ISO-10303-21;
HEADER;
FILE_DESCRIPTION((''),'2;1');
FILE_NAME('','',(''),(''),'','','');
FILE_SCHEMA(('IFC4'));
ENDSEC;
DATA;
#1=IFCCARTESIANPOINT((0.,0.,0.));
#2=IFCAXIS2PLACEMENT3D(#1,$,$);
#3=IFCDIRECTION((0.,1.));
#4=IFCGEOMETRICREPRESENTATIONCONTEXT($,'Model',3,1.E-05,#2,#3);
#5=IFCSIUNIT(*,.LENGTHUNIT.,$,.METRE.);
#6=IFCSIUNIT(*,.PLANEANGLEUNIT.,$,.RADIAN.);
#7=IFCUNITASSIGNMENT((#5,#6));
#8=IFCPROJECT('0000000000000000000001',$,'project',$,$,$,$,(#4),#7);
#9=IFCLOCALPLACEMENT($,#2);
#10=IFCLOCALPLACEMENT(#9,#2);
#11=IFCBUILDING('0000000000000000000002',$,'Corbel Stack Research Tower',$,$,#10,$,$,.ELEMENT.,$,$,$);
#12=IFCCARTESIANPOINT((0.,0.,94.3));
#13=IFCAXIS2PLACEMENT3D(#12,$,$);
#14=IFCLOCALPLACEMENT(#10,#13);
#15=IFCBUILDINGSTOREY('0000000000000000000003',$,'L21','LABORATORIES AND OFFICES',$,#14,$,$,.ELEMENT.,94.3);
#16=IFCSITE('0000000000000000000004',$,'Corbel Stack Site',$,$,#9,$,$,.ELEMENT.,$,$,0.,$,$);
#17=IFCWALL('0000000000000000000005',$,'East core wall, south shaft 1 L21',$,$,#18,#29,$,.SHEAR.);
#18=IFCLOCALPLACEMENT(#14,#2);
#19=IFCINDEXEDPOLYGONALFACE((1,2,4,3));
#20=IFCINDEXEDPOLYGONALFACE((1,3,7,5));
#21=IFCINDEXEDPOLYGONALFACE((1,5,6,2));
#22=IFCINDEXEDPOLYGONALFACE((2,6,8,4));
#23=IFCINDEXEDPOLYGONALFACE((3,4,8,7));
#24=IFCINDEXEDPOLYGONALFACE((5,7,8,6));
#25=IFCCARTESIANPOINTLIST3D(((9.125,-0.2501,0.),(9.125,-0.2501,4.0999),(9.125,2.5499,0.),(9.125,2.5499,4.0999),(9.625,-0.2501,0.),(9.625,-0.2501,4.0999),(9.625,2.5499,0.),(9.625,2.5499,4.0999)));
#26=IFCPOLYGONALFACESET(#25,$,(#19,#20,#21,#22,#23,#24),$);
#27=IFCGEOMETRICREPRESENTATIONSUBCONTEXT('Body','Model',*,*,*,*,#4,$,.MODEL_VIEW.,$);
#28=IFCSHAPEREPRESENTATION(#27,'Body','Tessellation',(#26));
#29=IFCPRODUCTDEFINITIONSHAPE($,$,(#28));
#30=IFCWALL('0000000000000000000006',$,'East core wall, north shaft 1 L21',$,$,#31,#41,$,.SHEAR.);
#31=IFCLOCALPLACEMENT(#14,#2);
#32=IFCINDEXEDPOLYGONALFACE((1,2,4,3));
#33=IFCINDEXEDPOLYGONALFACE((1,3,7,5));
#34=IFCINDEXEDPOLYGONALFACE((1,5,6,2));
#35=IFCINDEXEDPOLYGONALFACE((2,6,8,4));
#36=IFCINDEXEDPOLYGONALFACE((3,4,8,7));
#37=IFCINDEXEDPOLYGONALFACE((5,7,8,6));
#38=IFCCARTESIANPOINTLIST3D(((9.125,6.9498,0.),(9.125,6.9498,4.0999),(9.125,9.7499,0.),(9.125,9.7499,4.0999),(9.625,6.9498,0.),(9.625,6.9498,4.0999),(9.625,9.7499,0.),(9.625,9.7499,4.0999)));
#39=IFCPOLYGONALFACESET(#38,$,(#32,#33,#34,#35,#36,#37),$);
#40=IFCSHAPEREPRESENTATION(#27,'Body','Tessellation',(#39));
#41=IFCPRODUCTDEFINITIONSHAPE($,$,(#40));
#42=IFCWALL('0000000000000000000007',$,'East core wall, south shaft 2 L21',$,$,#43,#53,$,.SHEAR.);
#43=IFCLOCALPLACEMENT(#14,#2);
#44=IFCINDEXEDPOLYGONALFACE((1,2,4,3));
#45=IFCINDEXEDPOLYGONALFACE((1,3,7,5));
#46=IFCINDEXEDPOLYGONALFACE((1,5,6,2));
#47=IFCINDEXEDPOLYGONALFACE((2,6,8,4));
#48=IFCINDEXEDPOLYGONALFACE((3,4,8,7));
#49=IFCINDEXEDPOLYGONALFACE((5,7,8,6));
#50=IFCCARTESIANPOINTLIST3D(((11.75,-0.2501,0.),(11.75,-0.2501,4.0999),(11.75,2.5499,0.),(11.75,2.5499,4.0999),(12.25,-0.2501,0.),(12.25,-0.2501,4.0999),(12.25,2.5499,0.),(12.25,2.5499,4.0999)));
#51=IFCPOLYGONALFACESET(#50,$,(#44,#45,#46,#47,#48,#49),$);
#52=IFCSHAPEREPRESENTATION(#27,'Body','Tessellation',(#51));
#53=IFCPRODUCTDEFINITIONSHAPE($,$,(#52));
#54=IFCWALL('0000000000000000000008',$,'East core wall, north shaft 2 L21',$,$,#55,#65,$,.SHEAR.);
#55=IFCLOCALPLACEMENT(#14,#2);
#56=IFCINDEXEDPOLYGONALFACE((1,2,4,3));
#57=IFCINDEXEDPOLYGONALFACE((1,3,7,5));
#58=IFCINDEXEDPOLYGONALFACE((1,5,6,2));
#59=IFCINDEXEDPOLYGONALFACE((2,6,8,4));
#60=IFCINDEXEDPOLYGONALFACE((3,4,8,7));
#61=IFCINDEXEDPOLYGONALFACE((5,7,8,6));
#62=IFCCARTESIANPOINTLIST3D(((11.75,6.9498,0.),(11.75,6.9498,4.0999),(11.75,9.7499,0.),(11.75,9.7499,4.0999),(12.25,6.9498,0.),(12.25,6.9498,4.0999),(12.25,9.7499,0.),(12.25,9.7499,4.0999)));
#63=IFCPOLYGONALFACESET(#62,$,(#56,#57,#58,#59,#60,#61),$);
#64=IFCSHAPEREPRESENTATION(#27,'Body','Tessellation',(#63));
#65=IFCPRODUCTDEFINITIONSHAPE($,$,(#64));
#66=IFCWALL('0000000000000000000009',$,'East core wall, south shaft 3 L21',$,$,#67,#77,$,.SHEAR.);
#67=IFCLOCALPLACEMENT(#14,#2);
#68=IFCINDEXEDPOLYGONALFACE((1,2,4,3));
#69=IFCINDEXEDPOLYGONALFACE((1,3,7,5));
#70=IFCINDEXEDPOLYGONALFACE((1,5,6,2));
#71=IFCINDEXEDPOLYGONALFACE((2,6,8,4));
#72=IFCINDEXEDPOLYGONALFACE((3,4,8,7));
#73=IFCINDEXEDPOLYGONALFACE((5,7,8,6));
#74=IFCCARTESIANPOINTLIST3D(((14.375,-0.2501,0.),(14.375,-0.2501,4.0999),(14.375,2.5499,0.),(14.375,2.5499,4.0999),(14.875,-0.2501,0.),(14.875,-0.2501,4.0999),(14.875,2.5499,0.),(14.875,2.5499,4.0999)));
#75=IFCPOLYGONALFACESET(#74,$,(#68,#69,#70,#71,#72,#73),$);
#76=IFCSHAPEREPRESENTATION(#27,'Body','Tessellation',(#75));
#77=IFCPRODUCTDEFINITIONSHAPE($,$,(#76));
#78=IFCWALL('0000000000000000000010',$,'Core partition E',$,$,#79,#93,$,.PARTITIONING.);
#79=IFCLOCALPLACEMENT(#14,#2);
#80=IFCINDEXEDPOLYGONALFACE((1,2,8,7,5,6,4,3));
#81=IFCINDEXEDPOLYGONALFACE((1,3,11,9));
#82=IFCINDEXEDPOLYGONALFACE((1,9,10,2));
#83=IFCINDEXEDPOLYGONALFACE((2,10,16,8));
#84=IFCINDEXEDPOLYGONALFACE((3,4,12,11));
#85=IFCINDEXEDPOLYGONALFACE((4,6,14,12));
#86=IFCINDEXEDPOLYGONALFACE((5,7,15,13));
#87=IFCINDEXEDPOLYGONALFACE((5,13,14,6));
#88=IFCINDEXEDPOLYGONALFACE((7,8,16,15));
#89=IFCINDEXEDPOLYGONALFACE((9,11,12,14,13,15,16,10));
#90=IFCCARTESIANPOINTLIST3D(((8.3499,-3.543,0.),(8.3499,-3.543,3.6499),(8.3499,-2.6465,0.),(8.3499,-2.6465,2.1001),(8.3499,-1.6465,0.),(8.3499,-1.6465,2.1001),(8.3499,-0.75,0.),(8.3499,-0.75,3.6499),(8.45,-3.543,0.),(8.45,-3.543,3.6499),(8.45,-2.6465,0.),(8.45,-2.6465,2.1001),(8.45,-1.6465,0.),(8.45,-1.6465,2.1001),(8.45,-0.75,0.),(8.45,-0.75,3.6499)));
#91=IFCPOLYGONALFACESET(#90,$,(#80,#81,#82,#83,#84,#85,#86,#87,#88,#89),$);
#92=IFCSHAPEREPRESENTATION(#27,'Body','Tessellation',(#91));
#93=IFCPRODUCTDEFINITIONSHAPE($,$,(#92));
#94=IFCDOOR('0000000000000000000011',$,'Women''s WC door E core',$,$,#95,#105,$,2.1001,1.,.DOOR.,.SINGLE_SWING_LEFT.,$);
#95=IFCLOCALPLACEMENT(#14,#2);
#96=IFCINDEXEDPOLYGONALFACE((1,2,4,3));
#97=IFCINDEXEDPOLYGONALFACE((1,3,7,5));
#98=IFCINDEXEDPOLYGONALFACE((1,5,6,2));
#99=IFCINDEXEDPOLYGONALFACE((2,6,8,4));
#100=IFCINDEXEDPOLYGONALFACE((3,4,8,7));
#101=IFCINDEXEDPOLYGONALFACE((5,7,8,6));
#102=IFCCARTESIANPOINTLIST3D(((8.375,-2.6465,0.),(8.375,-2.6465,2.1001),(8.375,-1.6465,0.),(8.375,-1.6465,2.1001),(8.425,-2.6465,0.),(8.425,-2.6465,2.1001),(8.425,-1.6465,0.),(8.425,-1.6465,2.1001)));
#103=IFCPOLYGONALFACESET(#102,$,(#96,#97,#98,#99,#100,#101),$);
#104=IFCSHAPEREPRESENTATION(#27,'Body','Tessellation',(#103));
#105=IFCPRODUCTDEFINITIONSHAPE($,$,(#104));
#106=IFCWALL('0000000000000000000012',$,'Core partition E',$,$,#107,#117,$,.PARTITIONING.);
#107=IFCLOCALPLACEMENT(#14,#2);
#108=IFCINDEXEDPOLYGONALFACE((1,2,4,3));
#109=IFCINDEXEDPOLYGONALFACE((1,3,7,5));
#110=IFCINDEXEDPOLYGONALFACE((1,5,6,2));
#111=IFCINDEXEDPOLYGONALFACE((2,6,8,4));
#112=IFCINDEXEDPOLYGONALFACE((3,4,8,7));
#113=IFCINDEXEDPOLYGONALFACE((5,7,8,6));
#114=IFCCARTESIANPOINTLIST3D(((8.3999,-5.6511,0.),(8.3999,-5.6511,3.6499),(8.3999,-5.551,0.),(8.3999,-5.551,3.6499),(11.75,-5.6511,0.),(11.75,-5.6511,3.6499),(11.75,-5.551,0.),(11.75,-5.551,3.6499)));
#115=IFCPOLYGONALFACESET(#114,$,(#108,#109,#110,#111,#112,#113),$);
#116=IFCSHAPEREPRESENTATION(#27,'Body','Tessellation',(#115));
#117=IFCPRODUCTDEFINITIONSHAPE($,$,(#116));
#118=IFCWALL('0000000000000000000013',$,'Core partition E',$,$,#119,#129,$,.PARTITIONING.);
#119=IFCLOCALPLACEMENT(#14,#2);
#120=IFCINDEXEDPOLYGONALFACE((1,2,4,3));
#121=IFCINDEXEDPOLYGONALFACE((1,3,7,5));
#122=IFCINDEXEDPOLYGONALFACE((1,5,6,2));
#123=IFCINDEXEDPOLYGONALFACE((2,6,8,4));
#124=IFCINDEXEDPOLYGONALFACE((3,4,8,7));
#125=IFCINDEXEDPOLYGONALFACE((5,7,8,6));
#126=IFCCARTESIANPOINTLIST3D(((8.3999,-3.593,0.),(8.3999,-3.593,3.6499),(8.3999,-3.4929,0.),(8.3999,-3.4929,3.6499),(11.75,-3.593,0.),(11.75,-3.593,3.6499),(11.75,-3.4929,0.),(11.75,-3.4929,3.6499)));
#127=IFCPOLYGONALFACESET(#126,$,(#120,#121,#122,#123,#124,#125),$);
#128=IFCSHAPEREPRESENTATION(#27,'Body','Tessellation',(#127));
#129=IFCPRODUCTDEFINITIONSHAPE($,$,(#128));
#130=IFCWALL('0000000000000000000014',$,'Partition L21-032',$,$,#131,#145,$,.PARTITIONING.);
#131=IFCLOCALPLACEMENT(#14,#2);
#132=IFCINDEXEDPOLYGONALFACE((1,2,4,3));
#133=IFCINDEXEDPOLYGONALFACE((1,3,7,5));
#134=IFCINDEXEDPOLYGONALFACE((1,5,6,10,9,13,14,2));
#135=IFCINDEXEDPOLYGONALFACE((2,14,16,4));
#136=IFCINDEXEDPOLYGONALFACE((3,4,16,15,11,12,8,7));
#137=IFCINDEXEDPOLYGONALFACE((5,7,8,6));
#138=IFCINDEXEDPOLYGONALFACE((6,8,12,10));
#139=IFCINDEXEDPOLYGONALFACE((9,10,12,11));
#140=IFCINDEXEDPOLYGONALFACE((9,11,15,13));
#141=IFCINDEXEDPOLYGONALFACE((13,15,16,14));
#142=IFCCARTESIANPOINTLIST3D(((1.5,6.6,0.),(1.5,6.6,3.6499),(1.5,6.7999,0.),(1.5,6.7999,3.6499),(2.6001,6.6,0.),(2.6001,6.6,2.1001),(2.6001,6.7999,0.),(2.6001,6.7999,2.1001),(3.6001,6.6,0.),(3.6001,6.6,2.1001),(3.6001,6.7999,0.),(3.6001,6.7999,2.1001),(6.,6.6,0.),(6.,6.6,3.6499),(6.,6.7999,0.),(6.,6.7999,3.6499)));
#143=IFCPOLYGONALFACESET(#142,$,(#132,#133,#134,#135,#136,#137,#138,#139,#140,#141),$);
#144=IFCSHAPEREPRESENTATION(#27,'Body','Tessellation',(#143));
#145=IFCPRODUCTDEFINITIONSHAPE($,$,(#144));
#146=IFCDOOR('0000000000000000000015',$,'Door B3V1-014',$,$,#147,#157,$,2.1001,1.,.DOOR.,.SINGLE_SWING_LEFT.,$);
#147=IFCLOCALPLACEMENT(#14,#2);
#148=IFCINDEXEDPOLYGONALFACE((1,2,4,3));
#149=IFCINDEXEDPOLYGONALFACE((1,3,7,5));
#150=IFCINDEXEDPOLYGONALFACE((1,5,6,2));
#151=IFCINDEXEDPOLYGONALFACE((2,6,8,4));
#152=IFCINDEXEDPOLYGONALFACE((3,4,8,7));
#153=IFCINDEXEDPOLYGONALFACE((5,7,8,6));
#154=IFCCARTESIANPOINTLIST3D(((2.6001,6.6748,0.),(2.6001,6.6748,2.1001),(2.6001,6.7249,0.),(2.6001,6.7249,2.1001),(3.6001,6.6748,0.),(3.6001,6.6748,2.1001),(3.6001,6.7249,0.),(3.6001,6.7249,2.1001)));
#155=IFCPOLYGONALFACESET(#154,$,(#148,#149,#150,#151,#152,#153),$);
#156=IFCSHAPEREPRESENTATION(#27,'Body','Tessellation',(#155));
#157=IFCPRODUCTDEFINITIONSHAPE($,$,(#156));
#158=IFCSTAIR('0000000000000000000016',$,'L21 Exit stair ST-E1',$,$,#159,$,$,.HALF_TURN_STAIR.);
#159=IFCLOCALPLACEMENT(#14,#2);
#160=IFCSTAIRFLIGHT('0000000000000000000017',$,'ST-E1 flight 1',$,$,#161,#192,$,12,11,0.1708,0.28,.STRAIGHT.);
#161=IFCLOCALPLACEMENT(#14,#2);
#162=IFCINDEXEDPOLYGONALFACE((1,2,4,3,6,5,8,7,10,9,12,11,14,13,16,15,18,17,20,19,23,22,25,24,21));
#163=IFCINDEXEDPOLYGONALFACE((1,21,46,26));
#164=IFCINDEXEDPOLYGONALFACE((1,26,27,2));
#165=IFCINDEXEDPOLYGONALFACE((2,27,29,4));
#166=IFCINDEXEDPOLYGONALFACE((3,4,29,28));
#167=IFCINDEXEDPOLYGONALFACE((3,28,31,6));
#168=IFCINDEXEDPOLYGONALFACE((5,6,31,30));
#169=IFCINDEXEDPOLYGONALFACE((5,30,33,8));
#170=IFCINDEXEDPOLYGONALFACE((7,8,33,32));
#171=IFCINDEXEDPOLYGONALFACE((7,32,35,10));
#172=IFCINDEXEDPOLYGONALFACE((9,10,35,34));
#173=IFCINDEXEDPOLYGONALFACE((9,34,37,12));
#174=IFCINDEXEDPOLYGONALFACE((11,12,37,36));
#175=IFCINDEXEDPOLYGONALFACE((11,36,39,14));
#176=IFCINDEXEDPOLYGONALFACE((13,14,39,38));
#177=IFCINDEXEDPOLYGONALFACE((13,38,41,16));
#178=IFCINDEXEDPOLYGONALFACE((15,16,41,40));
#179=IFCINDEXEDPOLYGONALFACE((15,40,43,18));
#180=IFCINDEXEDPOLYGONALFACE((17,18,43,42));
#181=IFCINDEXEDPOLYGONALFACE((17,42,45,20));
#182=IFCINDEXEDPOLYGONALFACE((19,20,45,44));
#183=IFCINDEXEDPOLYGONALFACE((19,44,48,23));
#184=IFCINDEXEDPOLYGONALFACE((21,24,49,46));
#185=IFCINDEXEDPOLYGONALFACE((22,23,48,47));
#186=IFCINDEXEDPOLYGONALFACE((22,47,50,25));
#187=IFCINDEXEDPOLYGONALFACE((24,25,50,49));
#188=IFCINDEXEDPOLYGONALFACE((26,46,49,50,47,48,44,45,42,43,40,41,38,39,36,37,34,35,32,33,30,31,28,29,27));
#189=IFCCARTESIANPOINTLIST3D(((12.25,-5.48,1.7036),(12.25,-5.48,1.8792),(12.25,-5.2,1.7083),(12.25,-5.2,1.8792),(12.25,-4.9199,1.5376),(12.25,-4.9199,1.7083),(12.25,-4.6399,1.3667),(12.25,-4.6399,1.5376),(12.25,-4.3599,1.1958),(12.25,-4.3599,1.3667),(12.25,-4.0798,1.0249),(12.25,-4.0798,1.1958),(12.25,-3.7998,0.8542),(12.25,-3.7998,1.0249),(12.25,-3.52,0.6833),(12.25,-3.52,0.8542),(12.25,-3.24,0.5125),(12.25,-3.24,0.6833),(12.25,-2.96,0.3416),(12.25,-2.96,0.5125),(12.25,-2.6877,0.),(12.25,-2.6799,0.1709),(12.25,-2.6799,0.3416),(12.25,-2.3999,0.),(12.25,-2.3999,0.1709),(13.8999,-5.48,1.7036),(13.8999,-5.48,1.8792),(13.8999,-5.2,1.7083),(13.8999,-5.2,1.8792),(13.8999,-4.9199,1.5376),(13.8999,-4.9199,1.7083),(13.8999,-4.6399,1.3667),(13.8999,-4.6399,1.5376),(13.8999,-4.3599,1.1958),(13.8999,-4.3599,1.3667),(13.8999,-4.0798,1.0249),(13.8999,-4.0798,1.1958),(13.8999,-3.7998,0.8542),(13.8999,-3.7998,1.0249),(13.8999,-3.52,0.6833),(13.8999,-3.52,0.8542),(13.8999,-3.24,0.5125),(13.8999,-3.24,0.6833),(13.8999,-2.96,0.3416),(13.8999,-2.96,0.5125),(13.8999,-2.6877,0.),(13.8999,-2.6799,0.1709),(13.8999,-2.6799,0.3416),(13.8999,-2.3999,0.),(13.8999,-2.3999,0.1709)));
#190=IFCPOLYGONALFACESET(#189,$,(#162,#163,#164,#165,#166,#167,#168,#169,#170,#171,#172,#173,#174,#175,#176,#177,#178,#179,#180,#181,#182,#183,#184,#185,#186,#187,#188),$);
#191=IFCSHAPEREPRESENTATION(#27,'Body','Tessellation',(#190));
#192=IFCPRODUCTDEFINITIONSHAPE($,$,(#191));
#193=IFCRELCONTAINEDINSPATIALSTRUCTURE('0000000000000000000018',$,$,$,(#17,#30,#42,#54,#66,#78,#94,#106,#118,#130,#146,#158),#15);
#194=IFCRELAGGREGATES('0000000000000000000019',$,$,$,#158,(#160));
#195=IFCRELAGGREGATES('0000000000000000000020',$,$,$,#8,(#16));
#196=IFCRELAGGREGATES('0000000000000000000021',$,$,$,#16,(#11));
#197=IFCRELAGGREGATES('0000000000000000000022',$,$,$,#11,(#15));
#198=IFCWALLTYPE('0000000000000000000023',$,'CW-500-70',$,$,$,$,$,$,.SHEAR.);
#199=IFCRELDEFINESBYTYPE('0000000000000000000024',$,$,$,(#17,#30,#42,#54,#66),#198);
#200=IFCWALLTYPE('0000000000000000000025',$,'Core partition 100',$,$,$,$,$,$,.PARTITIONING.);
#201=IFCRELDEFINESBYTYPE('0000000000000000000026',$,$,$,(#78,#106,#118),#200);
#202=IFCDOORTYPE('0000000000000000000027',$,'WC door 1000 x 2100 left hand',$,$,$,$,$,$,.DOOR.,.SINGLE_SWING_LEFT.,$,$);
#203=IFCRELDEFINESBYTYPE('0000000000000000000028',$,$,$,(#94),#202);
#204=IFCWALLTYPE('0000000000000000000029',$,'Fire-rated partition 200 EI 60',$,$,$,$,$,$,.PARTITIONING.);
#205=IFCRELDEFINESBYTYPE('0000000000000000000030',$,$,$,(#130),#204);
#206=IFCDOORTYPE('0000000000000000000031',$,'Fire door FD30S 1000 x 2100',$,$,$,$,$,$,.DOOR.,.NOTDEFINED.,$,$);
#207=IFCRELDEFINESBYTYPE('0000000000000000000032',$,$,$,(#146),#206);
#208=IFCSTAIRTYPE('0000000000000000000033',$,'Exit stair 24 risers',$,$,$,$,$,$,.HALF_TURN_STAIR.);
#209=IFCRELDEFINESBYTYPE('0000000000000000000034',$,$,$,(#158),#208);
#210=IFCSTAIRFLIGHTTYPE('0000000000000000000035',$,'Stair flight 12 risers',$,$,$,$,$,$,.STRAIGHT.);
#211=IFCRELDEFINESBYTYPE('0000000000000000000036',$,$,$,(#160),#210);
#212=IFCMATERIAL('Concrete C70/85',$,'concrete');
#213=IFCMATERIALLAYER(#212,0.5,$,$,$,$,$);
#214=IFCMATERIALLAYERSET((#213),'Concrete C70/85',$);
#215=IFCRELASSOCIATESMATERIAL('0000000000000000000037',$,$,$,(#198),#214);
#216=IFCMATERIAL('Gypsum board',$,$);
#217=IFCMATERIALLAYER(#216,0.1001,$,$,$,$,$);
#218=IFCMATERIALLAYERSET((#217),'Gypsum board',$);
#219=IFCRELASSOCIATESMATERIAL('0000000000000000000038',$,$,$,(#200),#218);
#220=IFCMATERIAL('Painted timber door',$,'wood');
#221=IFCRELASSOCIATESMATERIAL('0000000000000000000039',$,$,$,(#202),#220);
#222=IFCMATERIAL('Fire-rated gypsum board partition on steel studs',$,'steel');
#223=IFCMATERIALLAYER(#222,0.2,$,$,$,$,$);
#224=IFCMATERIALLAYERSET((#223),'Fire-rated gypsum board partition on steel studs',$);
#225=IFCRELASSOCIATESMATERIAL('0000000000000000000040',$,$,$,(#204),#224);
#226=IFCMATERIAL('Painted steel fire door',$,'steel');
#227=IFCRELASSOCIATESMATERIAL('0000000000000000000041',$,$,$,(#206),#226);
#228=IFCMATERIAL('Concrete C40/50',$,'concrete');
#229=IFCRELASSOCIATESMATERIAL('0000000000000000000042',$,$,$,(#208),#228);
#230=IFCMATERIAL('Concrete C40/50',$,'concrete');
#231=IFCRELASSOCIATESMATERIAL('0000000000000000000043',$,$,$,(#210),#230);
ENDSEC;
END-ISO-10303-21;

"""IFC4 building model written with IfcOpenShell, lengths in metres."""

from ifc_helpers import new_model, si_unit, direction, frame, frame_2d, origin, place, context, subcontext, project, spatial, polyline, rectangle, outline, extrude, material, layer, layer_set, type_object, element, fill, aggregate, save


model = new_model("IFC4")

# Units and contexts
model_context = context("Model", 3, precision=1e-05, world=origin(), true_north=direction((0.0, 1.0)))
body_context = subcontext(model_context, "Body", "Model", "MODEL_VIEW")
ifc_project = project(units=[si_unit("LENGTHUNIT", "METRE"), si_unit("PLANEANGLEUNIT", "RADIAN")], contexts=[model_context])

# Site, building, storey
site_placement = place(None, origin())
site = spatial("IfcSite", under=ifc_project, at=site_placement, Name="Corbel Stack Site", CompositionType="ELEMENT", RefElevation=0.0)
building_placement = place(site_placement, origin())
building = spatial("IfcBuilding", under=site, at=building_placement, Name="Corbel Stack Research Tower", CompositionType="ELEMENT")
storey_placement = place(building_placement, frame((0.0, 0.0, 94.3)))
storey = spatial("IfcBuildingStorey", under=building, at=storey_placement, Name="L21", Description="LABORATORIES AND OFFICES", CompositionType="ELEMENT", Elevation=94.3)

# Shared definitions
ifc_material_1 = material(Name="Concrete C70/85", Category="concrete")
ifc_layer_1 = layer(ifc_material_1, 0.5)
ifc_layer_set_1 = layer_set([ifc_layer_1], Name="Concrete C70/85")
wall_type_1 = type_object("IfcWallType", Name="CW-500-70", PredefinedType="SHEAR", material=ifc_layer_set_1)

# Walls
for number, where, z_axis, x_axis, name in (
    (1, (9.375, -0.25, 0.0), (0.0, 0.0, 1.0), (0.0, 1.0, 0.0), "East core wall, south shaft 1 L21"),
    (2, (9.375, 6.95, 0.0), (0.0, 0.0, 1.0), (0.0, 1.0, 0.0), "East core wall, north shaft 1 L21"),
    (3, (12.0, -0.25, 0.0), (0.0, 0.0, 1.0), (0.0, 1.0, 0.0), "East core wall, south shaft 2 L21"),
    (4, (12.0, 6.95, 0.0), (0.0, 0.0, 1.0), (0.0, 1.0, 0.0), "East core wall, north shaft 2 L21"),
    (5, (14.625, -0.25, 0.0), (0.0, 0.0, 1.0), (0.0, 1.0, 0.0), "East core wall, south shaft 3 L21"),
):
    element("IfcWall", number, at=place(storey_placement, frame(where, z_axis=z_axis, x_axis=x_axis)), inside=storey, type_object=wall_type_1, Name=name, PredefinedType="SHEAR", context=body_context, shape_type="SweptSolid", body=[
        extrude(rectangle(XDim=2.8, YDim=0.5, at=frame_2d((1.3999, 0.0))), origin(), (0.0, 0.0, 1.0), 4.0999),
    ])

# Wall, opening, door
ifc_material_2 = material(Name="Gypsum board")
ifc_layer_2 = layer(ifc_material_2, 0.1001)
ifc_layer_set_2 = layer_set([ifc_layer_2], Name="Gypsum board")
wall_type_2 = type_object("IfcWallType", Name="Core partition 100", PredefinedType="PARTITIONING", material=ifc_layer_set_2)
wall_1_placement = place(storey_placement, frame((8.3999, -3.543, 0.0), z_axis=(0.0, 0.0, 1.0), x_axis=(0.0, 1.0, 0.0)))
wall_1 = element("IfcWall", 6, at=wall_1_placement, inside=storey, type_object=wall_type_2, Name="Core partition E", PredefinedType="PARTITIONING", context=body_context, shape_type="SweptSolid", body=[
    extrude(rectangle(XDim=2.793, YDim=0.1001, at=frame_2d((1.3965, 0.0))), origin(), (0.0, 0.0, 1.0), 3.6499),
])
opening_1_placement = place(wall_1_placement, frame((0.8965, 0.0, 0.0)))
opening_1 = element("IfcOpeningElement", 7, at=opening_1_placement, cuts=wall_1, PredefinedType="OPENING", context=body_context, shape_type="SweptSolid", body=[
    extrude(rectangle(XDim=1.0, YDim=2.1001, at=frame_2d((0.5, 1.05))), frame((0.0, 0.0601, 0.0), z_axis=(0.0, -1.0, 0.0), x_axis=(1.0, 0.0, 0.0)), (0.0, 0.0, 1.0), 0.1201),
])
ifc_material_3 = material(Name="Painted timber door", Category="wood")
door_type_1 = type_object("IfcDoorType", Name="WC door 1000 x 2100 left hand", OperationType="SINGLE_SWING_LEFT", PredefinedType="DOOR", material=ifc_material_3)
door_1_placement = place(opening_1_placement, origin())
door_1 = element("IfcDoor", 8, at=door_1_placement, inside=storey, type_object=door_type_1, Name="Women's WC door E core", OperationType="SINGLE_SWING_LEFT", OverallHeight=2.1001, OverallWidth=1.0, PredefinedType="DOOR", context=body_context, shape_type="SweptSolid", body=[
    extrude(rectangle(XDim=1.0, YDim=2.1001, at=frame_2d((0.5, 1.05))), frame((0.0, 0.0249, 0.0), z_axis=(0.0, -1.0, 0.0), x_axis=(1.0, 0.0, 0.0)), (0.0, 0.0, 1.0), 0.05),
])
fill(opening_1, door_1)

# Walls
for number, where, z_axis, x_axis, name in (
    (9, (8.3999, -5.6011, 0.0), (0.0, 0.0, 1.0), (1.0, 0.0, 0.0), "Core partition E"),
    (10, (8.3999, -3.543, 0.0), (0.0, 0.0, 1.0), (1.0, 0.0, 0.0), "Core partition E"),
):
    element("IfcWall", number, at=place(storey_placement, frame(where, z_axis=z_axis, x_axis=x_axis)), inside=storey, type_object=wall_type_2, Name=name, PredefinedType="PARTITIONING", context=body_context, shape_type="SweptSolid", body=[
        extrude(rectangle(XDim=3.3501, YDim=0.1001, at=frame_2d((1.675, 0.0))), origin(), (0.0, 0.0, 1.0), 3.6499),
    ])

# Wall, opening, door
ifc_material_4 = material(Name="Fire-rated gypsum board partition on steel studs", Category="steel")
ifc_layer_3 = layer(ifc_material_4, 0.2)
ifc_layer_set_3 = layer_set([ifc_layer_3], Name="Fire-rated gypsum board partition on steel studs")
wall_type_3 = type_object("IfcWallType", Name="Fire-rated partition 200 EI 60", PredefinedType="PARTITIONING", material=ifc_layer_set_3)
wall_2_placement = place(storey_placement, frame((1.5, 6.7, 0.0), z_axis=(0.0, 0.0, 1.0), x_axis=(1.0, 0.0, 0.0)))
wall_2 = element("IfcWall", 11, at=wall_2_placement, inside=storey, type_object=wall_type_3, Name="Partition L21-032", PredefinedType="PARTITIONING", context=body_context, shape_type="SweptSolid", body=[
    extrude(rectangle(XDim=4.5, YDim=0.2, at=frame_2d((2.25, 0.0))), origin(), (0.0, 0.0, 1.0), 3.6499),
])
opening_2_placement = place(wall_2_placement, frame((1.1001, 0.0, 0.0)))
opening_2 = element("IfcOpeningElement", 12, at=opening_2_placement, cuts=wall_2, PredefinedType="OPENING", context=body_context, shape_type="SweptSolid", body=[
    extrude(rectangle(XDim=1.0, YDim=2.1001, at=frame_2d((0.5, 1.05))), frame((0.0, 0.1099, 0.0), z_axis=(0.0, -1.0, 0.0), x_axis=(1.0, 0.0, 0.0)), (0.0, 0.0, 1.0), 0.22),
])
ifc_material_5 = material(Name="Painted steel fire door", Category="steel")
door_type_2 = type_object("IfcDoorType", Name="Fire door FD30S 1000 x 2100", OperationType="NOTDEFINED", PredefinedType="DOOR", material=ifc_material_5)
door_2_placement = place(opening_2_placement, origin())
door_2 = element("IfcDoor", 13, at=door_2_placement, inside=storey, type_object=door_type_2, Name="Door B3V1-014", OperationType="SINGLE_SWING_LEFT", OverallHeight=2.1001, OverallWidth=1.0, PredefinedType="DOOR", context=body_context, shape_type="SweptSolid", body=[
    extrude(rectangle(XDim=1.0, YDim=2.1001, at=frame_2d((0.5, 1.05))), frame((0.0, 0.0249, 0.0), z_axis=(0.0, -1.0, 0.0), x_axis=(1.0, 0.0, 0.0)), (0.0, 0.0, 1.0), 0.05),
])
fill(opening_2, door_2)

# Stair, stair flight
ifc_material_6 = material(Name="Concrete C40/50", Category="concrete")
stair_type = type_object("IfcStairType", Name="Exit stair 24 risers", PredefinedType="HALF_TURN_STAIR", material=ifc_material_6)
stair_placement = place(storey_placement, origin())
stair = element("IfcStair", 14, at=stair_placement, inside=storey, type_object=stair_type, Name="L21 Exit stair ST-E1", PredefinedType="HALF_TURN_STAIR")
ifc_material_7 = material(Name="Concrete C40/50", Category="concrete")
stair_flight_type = type_object("IfcStairFlightType", Name="Stair flight 12 risers", PredefinedType="STRAIGHT", material=ifc_material_7)
stair_flight_1_placement = place(storey_placement, frame((13.075, -2.3999, 0.0), z_axis=(0.0, 0.0, 1.0), x_axis=(0.0, -1.0, 0.0)))
stair_flight_1 = element("IfcStairFlight", 15, at=stair_flight_1_placement, type_object=stair_flight_type, Name="ST-E1 flight 1", NumberOfRisers=12, NumberOfTreads=11, PredefinedType="STRAIGHT", RiserHeight=0.1708, TreadLength=0.28, context=body_context, shape_type="SweptSolid", body=[
    extrude(outline(polyline([(0.0, 0.0), (0.0, 0.1709), (0.28, 0.1709), (0.28, 0.3416), (0.5601, 0.3416), (0.5601, 0.5125), (0.8401, 0.5125), (0.8401, 0.6833), (1.1201, 0.6833), (1.1201, 0.8542), (1.3999, 0.8542), (1.3999, 1.0249), (1.6799, 1.0249), (1.6799, 1.1958), (1.96, 1.1958), (1.96, 1.3667), (2.24, 1.3667), (2.24, 1.5376), (2.52, 1.5376), (2.52, 1.7083), (2.8, 1.7083), (2.8, 1.8792), (3.0801, 1.8792), (3.0801, 2.05), (3.0801, 1.7036), (0.2878, 0.0), (0.0, 0.0)])), frame((0.0, 0.825, 0.0), z_axis=(0.0, -1.0, 0.0), x_axis=(1.0, 0.0, 0.0)), (0.0, 0.0, 1.0), 1.6499),
])
aggregate(stair, [stair_flight_1])

save(model, "model.ifc")
